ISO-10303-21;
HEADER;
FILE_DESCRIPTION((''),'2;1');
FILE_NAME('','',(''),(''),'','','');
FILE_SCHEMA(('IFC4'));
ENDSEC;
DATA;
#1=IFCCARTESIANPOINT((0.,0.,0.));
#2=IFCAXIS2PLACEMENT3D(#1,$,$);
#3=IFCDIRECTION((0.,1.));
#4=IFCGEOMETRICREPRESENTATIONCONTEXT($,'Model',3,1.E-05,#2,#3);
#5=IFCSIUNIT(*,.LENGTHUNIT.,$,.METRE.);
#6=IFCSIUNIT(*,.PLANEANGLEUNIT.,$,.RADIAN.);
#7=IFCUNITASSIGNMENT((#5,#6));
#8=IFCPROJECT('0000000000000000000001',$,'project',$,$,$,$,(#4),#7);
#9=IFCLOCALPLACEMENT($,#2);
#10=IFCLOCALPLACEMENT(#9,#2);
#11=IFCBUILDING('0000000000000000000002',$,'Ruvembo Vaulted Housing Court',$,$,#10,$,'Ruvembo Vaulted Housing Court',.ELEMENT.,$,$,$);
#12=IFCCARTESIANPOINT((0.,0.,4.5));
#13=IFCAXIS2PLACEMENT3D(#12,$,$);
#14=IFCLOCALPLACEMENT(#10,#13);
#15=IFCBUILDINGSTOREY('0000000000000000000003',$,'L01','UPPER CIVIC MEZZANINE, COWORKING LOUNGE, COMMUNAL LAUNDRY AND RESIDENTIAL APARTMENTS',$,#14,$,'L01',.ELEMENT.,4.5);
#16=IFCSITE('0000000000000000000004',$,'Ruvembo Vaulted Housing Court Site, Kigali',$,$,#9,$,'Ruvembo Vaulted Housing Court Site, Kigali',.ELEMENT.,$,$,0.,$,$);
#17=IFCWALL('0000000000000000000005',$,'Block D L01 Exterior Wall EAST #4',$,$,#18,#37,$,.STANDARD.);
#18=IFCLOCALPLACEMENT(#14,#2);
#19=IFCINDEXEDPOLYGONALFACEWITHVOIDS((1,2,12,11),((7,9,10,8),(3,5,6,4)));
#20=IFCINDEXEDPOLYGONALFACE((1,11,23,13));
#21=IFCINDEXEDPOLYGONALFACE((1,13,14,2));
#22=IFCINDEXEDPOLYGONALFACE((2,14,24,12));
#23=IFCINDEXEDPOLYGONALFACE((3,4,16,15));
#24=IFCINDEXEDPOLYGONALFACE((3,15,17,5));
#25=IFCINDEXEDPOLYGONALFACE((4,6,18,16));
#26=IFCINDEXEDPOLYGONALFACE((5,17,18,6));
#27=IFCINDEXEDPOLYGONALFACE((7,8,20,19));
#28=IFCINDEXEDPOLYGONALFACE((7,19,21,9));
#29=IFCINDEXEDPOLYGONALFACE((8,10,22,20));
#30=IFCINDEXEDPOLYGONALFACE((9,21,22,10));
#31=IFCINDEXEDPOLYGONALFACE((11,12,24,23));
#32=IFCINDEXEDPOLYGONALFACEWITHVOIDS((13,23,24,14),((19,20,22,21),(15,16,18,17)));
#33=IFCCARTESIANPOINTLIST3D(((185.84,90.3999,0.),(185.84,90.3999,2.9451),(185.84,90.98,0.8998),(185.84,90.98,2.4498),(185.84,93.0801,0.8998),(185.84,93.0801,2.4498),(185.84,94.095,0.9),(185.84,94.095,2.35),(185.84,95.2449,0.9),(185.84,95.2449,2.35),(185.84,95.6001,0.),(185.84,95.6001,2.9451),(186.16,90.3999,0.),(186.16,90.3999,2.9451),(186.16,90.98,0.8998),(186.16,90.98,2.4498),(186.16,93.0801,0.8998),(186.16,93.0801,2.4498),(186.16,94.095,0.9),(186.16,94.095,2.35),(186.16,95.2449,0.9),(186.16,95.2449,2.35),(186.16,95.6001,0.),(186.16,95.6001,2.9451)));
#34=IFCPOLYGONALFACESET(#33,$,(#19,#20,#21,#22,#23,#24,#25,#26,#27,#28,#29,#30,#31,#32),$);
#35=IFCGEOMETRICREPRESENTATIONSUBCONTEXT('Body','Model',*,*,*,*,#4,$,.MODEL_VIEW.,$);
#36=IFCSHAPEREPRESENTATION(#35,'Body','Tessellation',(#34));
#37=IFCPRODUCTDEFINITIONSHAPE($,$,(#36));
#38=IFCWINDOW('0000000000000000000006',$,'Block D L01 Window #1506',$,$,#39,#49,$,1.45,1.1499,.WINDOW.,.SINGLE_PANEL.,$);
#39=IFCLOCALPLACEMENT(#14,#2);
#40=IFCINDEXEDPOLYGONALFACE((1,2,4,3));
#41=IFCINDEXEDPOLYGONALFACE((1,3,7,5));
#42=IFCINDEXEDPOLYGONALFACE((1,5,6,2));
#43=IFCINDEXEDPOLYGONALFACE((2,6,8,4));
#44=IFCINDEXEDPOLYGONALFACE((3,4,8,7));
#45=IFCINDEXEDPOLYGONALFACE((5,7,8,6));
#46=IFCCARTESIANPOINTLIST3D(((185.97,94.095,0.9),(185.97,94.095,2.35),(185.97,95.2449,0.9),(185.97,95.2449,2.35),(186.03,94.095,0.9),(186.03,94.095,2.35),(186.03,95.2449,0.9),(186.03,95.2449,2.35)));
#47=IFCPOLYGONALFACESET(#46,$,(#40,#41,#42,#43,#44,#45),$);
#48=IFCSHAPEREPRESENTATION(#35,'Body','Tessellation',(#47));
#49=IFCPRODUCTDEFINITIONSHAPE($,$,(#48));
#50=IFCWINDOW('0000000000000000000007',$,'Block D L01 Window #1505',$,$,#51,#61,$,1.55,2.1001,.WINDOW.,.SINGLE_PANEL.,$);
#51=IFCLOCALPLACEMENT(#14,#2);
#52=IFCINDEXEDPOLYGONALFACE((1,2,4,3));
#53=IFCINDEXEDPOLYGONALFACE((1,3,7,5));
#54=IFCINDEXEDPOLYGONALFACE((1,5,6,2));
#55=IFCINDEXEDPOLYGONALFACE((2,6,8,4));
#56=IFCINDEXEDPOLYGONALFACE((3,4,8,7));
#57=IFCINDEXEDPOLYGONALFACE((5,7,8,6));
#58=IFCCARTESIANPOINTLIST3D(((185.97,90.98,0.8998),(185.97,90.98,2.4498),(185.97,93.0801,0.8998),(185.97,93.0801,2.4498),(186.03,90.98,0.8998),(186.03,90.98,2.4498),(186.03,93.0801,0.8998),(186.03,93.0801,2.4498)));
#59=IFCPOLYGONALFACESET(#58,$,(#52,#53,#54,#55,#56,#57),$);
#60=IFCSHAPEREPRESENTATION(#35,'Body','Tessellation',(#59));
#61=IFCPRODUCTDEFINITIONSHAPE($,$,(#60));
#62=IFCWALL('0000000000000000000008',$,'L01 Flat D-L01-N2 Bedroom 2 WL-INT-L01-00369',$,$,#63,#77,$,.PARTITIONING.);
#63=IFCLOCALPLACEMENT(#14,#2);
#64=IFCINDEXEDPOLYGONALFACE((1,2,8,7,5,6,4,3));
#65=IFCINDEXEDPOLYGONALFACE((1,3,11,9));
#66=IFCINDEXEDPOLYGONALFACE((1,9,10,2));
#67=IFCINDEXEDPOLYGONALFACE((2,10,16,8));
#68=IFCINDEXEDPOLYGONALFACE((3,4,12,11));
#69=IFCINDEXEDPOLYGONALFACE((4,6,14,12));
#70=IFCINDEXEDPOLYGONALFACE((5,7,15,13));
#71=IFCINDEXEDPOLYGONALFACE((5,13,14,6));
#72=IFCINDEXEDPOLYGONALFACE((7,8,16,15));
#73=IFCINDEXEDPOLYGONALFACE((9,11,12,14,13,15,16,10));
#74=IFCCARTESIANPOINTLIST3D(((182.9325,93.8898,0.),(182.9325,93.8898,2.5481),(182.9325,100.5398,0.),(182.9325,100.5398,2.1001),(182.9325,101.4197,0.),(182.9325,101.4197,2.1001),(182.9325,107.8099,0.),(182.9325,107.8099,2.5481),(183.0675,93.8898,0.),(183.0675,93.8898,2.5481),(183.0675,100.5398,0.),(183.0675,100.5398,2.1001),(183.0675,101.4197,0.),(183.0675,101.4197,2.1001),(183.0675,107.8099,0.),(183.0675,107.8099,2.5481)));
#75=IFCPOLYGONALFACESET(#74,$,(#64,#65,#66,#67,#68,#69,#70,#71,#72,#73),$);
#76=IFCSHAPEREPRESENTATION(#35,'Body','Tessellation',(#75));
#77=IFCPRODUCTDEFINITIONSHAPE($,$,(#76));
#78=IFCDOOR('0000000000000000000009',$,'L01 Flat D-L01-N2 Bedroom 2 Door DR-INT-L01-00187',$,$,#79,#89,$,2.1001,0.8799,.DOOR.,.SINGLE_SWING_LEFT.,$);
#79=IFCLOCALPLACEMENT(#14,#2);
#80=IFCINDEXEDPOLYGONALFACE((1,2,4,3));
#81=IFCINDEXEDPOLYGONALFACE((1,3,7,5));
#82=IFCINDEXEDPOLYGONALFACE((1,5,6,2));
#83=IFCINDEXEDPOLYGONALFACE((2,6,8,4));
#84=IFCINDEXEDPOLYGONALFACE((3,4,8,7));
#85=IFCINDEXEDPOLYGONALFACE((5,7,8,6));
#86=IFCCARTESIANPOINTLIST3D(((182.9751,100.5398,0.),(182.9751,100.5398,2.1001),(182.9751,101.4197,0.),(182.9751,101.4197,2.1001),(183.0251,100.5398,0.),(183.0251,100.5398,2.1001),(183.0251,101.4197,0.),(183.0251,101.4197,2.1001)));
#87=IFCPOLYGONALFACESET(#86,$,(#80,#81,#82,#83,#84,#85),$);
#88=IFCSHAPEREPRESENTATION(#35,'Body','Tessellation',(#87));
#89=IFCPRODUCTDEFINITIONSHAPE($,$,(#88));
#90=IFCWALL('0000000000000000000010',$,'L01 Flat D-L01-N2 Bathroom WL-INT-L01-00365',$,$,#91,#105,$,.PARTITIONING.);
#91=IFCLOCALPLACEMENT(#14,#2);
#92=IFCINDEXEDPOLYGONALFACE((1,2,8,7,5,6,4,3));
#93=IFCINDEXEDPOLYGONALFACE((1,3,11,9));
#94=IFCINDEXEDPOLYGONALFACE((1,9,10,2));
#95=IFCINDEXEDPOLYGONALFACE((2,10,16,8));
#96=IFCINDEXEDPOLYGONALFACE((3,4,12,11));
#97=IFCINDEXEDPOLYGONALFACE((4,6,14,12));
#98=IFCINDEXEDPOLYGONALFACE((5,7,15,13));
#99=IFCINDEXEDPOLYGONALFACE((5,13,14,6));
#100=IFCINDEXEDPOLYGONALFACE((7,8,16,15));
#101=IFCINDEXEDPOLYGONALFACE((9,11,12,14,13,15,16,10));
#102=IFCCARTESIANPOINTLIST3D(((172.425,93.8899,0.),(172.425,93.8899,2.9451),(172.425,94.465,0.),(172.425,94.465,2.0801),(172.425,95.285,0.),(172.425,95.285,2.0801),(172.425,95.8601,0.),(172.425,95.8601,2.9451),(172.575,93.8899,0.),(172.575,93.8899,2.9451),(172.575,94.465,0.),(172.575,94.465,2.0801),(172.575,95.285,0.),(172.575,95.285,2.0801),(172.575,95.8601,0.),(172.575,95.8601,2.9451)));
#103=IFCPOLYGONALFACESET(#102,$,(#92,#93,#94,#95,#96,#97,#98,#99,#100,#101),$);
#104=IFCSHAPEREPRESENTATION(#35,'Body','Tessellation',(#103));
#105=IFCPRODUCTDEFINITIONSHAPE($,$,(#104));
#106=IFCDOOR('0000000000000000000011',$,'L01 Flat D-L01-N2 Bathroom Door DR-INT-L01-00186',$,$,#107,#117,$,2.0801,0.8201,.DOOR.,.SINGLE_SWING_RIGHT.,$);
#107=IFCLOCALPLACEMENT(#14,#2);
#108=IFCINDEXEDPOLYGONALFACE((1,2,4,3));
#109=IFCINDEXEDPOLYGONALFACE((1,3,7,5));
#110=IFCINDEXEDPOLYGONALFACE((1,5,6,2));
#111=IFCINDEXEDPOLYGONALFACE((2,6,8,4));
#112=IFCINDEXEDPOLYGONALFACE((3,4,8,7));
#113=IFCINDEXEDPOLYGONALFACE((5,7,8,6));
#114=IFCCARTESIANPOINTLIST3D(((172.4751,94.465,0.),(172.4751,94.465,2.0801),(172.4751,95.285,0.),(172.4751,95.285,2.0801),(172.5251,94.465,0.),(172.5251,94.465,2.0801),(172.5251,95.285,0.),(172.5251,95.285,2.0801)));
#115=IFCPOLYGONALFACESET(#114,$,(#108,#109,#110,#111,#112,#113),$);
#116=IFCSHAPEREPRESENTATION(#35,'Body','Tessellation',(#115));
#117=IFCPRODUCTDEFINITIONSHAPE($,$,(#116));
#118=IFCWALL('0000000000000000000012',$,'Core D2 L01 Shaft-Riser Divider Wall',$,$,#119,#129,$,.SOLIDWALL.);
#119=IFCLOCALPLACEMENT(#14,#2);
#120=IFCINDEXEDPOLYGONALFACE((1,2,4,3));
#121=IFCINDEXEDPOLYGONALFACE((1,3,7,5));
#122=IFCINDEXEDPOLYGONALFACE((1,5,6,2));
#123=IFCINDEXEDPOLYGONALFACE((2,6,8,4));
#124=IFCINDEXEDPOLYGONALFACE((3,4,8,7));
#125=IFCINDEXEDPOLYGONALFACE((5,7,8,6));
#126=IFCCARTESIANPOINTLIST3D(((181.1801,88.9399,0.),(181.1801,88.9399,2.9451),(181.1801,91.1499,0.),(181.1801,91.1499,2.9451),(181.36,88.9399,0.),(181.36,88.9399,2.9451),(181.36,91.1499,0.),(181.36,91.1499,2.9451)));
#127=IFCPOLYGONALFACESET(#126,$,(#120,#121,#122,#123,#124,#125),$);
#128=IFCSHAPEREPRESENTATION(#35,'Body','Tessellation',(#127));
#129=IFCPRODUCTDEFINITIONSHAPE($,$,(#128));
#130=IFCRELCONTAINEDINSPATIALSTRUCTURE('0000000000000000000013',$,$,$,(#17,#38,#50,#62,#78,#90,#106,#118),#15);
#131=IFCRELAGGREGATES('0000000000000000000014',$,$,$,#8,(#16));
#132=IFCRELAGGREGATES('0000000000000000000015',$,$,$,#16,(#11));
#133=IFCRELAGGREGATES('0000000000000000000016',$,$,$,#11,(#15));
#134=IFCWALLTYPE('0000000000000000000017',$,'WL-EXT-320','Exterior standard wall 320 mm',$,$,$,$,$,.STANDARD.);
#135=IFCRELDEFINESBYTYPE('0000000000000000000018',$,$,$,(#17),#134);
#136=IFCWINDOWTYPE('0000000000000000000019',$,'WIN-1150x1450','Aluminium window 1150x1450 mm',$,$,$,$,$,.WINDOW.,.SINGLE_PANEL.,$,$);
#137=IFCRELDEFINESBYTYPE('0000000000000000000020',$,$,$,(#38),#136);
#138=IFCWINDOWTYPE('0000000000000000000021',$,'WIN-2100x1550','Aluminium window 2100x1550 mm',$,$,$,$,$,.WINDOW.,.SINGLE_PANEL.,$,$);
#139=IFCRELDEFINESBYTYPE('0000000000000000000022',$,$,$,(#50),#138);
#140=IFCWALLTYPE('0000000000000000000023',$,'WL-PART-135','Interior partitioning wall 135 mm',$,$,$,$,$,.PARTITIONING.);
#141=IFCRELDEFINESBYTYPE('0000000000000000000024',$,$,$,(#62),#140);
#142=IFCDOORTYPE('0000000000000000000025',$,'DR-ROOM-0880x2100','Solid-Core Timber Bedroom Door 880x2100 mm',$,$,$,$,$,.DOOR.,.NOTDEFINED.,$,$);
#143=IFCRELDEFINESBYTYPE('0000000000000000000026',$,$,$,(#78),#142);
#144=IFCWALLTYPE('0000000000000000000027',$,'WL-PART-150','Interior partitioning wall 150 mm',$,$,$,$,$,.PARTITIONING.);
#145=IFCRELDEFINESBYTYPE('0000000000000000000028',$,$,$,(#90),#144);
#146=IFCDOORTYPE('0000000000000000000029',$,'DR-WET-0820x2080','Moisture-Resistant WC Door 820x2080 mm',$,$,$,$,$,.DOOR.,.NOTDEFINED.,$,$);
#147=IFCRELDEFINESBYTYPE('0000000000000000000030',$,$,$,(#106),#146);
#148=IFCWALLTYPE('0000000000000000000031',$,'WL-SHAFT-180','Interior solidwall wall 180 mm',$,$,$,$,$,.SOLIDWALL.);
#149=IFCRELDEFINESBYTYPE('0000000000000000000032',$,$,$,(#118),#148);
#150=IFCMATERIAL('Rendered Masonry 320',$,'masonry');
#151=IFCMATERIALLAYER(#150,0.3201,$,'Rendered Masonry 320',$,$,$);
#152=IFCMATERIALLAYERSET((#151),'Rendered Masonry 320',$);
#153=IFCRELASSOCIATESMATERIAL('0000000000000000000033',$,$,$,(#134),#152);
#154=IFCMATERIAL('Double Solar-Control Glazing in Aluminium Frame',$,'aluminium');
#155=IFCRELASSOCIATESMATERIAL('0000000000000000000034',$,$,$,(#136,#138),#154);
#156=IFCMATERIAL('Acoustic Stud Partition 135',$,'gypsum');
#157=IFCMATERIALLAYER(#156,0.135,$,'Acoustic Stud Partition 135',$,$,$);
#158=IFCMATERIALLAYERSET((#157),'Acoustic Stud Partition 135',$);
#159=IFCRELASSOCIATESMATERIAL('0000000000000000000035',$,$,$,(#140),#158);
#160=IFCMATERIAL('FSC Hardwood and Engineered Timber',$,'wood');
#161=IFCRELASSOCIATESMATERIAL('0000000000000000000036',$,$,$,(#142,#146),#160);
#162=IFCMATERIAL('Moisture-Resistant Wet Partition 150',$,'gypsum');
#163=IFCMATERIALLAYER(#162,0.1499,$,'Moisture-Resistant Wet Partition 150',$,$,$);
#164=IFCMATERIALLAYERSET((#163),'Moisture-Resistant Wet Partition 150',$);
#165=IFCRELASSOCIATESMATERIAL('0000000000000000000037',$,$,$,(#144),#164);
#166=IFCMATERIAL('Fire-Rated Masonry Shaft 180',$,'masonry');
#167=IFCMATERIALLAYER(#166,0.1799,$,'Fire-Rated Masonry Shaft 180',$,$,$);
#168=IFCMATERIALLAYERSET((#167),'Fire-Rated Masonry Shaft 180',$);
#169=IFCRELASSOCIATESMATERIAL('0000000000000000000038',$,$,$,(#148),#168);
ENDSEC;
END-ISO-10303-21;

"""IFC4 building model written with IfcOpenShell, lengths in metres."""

from ifc_helpers import new_model, si_unit, direction, frame, frame_2d, origin, place, context, subcontext, project, spatial, rectangle, extrude, material, layer, layer_set, type_object, element, fill, save


model = new_model("IFC4")

# Units and contexts
model_context = context("Model", 3, precision=1e-05, world=origin(), true_north=direction((0.0, 1.0)))
body_context = subcontext(model_context, "Body", "Model", "MODEL_VIEW")
ifc_project = project(units=[si_unit("LENGTHUNIT", "METRE"), si_unit("PLANEANGLEUNIT", "RADIAN")], contexts=[model_context])

# Site, building, storey
site_placement = place(None, origin())
site = spatial("IfcSite", under=ifc_project, at=site_placement, Name="Ruvembo Vaulted Housing Court Site, Kigali", LongName="Ruvembo Vaulted Housing Court Site, Kigali", CompositionType="ELEMENT", RefElevation=0.0)
building_placement = place(site_placement, origin())
building = spatial("IfcBuilding", under=site, at=building_placement, Name="Ruvembo Vaulted Housing Court", LongName="Ruvembo Vaulted Housing Court", CompositionType="ELEMENT")
storey_placement = place(building_placement, frame((0.0, 0.0, 4.5)))
storey = spatial("IfcBuildingStorey", under=building, at=storey_placement, Name="L01", Description="UPPER CIVIC MEZZANINE, COWORKING LOUNGE, COMMUNAL LAUNDRY AND RESIDENTIAL APARTMENTS", LongName="L01", CompositionType="ELEMENT", Elevation=4.5)

# Shared definitions
ifc_material_1 = material(Name="FSC Hardwood and Engineered Timber", Category="wood")

# Wall, openings, windows
ifc_material_2 = material(Name="Rendered Masonry 320", Category="masonry")
ifc_layer_1 = layer(ifc_material_2, 0.3201, Name="Rendered Masonry 320")
ifc_layer_set_1 = layer_set([ifc_layer_1], Name="Rendered Masonry 320")
wall_type_1 = type_object("IfcWallType", Name="WL-EXT-320", Description="Exterior standard wall 320 mm", PredefinedType="STANDARD", material=ifc_layer_set_1)
wall_1_placement = place(storey_placement, frame((186.0, 90.3999, 0.0), z_axis=(0.0, 0.0, 1.0), x_axis=(0.0, 1.0, 0.0)))
wall_1 = element("IfcWall", 1, at=wall_1_placement, inside=storey, type_object=wall_type_1, Name="Block D L01 Exterior Wall EAST #4", PredefinedType="STANDARD", context=body_context, shape_type="SweptSolid", body=[
    extrude(rectangle(XDim=5.2002, YDim=0.3201, at=frame_2d((2.6001, 0.0))), origin(), (0.0, 0.0, 1.0), 2.9451),
])
opening_1_placement = place(wall_1_placement, frame((0.5801, 0.0, 0.8999)))
opening_1 = element("IfcOpeningElement", 2, at=opening_1_placement, cuts=wall_1, PredefinedType="OPENING", context=body_context, shape_type="SweptSolid", body=[
    extrude(rectangle(XDim=2.1001, YDim=1.55, at=frame_2d((1.05, 0.7749))), frame((0.0, 0.1699, 0.0), z_axis=(0.0, -1.0, 0.0), x_axis=(1.0, 0.0, 0.0)), (0.0, 0.0, 1.0), 0.3401),
])
opening_2_placement = place(wall_1_placement, frame((3.6951, 0.0, 0.8999)))
opening_2 = element("IfcOpeningElement", 3, at=opening_2_placement, cuts=wall_1, PredefinedType="OPENING", context=body_context, shape_type="SweptSolid", body=[
    extrude(rectangle(XDim=1.1499, YDim=1.45, at=frame_2d((0.575, 0.7251))), frame((0.0, 0.1699, 0.0), z_axis=(0.0, -1.0, 0.0), x_axis=(1.0, 0.0, 0.0)), (0.0, 0.0, 1.0), 0.3401),
])
ifc_material_3 = material(Name="Double Solar-Control Glazing in Aluminium Frame", Category="aluminium")
window_type_1 = type_object("IfcWindowType", Name="WIN-1150x1450", Description="Aluminium window 1150x1450 mm", PartitioningType="SINGLE_PANEL", PredefinedType="WINDOW", material=ifc_material_3)
window_1_placement = place(opening_2_placement, origin())
window_1 = element("IfcWindow", 4, at=window_1_placement, inside=storey, type_object=window_type_1, Name="Block D L01 Window #1506", OverallHeight=1.45, OverallWidth=1.1499, PartitioningType="SINGLE_PANEL", PredefinedType="WINDOW", context=body_context, shape_type="SweptSolid", body=[
    extrude(rectangle(XDim=1.1499, YDim=1.45, at=frame_2d((0.575, 0.7251))), frame((0.0, 0.03, 0.0), z_axis=(0.0, -1.0, 0.0), x_axis=(1.0, 0.0, 0.0)), (0.0, 0.0, 1.0), 0.0601),
])
fill(opening_2, window_1)
window_type_2 = type_object("IfcWindowType", Name="WIN-2100x1550", Description="Aluminium window 2100x1550 mm", PartitioningType="SINGLE_PANEL", PredefinedType="WINDOW", material=ifc_material_3)
window_2_placement = place(opening_1_placement, origin())
window_2 = element("IfcWindow", 5, at=window_2_placement, inside=storey, type_object=window_type_2, Name="Block D L01 Window #1505", OverallHeight=1.55, OverallWidth=2.1001, PartitioningType="SINGLE_PANEL", PredefinedType="WINDOW", context=body_context, shape_type="SweptSolid", body=[
    extrude(rectangle(XDim=2.1001, YDim=1.55, at=frame_2d((1.05, 0.7749))), frame((0.0, 0.03, 0.0), z_axis=(0.0, -1.0, 0.0), x_axis=(1.0, 0.0, 0.0)), (0.0, 0.0, 1.0), 0.0601),
])
fill(opening_1, window_2)

# Walls, openings, doors
ifc_material_4 = material(Name="Acoustic Stud Partition 135", Category="gypsum")
ifc_layer_2 = layer(ifc_material_4, 0.135, Name="Acoustic Stud Partition 135")
ifc_layer_set_2 = layer_set([ifc_layer_2], Name="Acoustic Stud Partition 135")
wall_type_2 = type_object("IfcWallType", Name="WL-PART-135", Description="Interior partitioning wall 135 mm", PredefinedType="PARTITIONING", material=ifc_layer_set_2)
wall_2_placement = place(storey_placement, frame((183.0, 93.8899, 0.0), z_axis=(0.0, 0.0, 1.0), x_axis=(0.0, 1.0, 0.0)))
wall_2 = element("IfcWall", 6, at=wall_2_placement, inside=storey, type_object=wall_type_2, Name="L01 Flat D-L01-N2 Bedroom 2 WL-INT-L01-00369", PredefinedType="PARTITIONING", context=body_context, shape_type="SweptSolid", body=[
    extrude(rectangle(XDim=13.9202, YDim=0.135, at=frame_2d((6.96, 0.0))), origin(), (0.0, 0.0, 1.0), 2.5481),
])
opening_3_placement = place(wall_2_placement, frame((6.6499, 0.0, 0.0)))
opening_3 = element("IfcOpeningElement", 7, at=opening_3_placement, cuts=wall_2, PredefinedType="OPENING", context=body_context, shape_type="SweptSolid", body=[
    extrude(rectangle(XDim=0.8799, YDim=2.1001, at=frame_2d((0.4399, 1.05))), frame((0.0, 0.0774, 0.0), z_axis=(0.0, -1.0, 0.0), x_axis=(1.0, 0.0, 0.0)), (0.0, 0.0, 1.0), 0.155),
])
door_type_1 = type_object("IfcDoorType", Name="DR-ROOM-0880x2100", Description="Solid-Core Timber Bedroom Door 880x2100 mm", OperationType="NOTDEFINED", PredefinedType="DOOR", material=ifc_material_1)
door_1_placement = place(opening_3_placement, origin())
door_1 = element("IfcDoor", 8, at=door_1_placement, inside=storey, type_object=door_type_1, Name="L01 Flat D-L01-N2 Bedroom 2 Door DR-INT-L01-00187", OperationType="SINGLE_SWING_LEFT", OverallHeight=2.1001, OverallWidth=0.8799, PredefinedType="DOOR", context=body_context, shape_type="SweptSolid", body=[
    extrude(rectangle(XDim=0.8799, YDim=2.1001, at=frame_2d((0.4399, 1.05))), frame((0.0, 0.0249, 0.0), z_axis=(0.0, -1.0, 0.0), x_axis=(1.0, 0.0, 0.0)), (0.0, 0.0, 1.0), 0.05),
])
fill(opening_3, door_1)
ifc_material_5 = material(Name="Moisture-Resistant Wet Partition 150", Category="gypsum")
ifc_layer_3 = layer(ifc_material_5, 0.1499, Name="Moisture-Resistant Wet Partition 150")
ifc_layer_set_3 = layer_set([ifc_layer_3], Name="Moisture-Resistant Wet Partition 150")
wall_type_3 = type_object("IfcWallType", Name="WL-PART-150", Description="Interior partitioning wall 150 mm", PredefinedType="PARTITIONING", material=ifc_layer_set_3)
wall_3_placement = place(storey_placement, frame((172.5, 93.8899, 0.0), z_axis=(0.0, 0.0, 1.0), x_axis=(0.0, 1.0, 0.0)))
wall_3 = element("IfcWall", 9, at=wall_3_placement, inside=storey, type_object=wall_type_3, Name="L01 Flat D-L01-N2 Bathroom WL-INT-L01-00365", PredefinedType="PARTITIONING", context=body_context, shape_type="SweptSolid", body=[
    extrude(rectangle(XDim=1.9702, YDim=0.1499, at=frame_2d((0.9851, 0.0))), origin(), (0.0, 0.0, 1.0), 2.9451),
])
opening_4_placement = place(wall_3_placement, frame((0.575, 0.0, 0.0)))
opening_4 = element("IfcOpeningElement", 10, at=opening_4_placement, cuts=wall_3, PredefinedType="OPENING", context=body_context, shape_type="SweptSolid", body=[
    extrude(rectangle(XDim=0.8201, YDim=2.0801, at=frame_2d((0.4102, 1.04))), frame((0.0, 0.085, 0.0), z_axis=(0.0, -1.0, 0.0), x_axis=(1.0, 0.0, 0.0)), (0.0, 0.0, 1.0), 0.1699),
])
door_type_2 = type_object("IfcDoorType", Name="DR-WET-0820x2080", Description="Moisture-Resistant WC Door 820x2080 mm", OperationType="NOTDEFINED", PredefinedType="DOOR", material=ifc_material_1)
door_2_placement = place(opening_4_placement, origin())
door_2 = element("IfcDoor", 11, at=door_2_placement, inside=storey, type_object=door_type_2, Name="L01 Flat D-L01-N2 Bathroom Door DR-INT-L01-00186", OperationType="SINGLE_SWING_RIGHT", OverallHeight=2.0801, OverallWidth=0.8201, PredefinedType="DOOR", context=body_context, shape_type="SweptSolid", body=[
    extrude(rectangle(XDim=0.8201, YDim=2.0801, at=frame_2d((0.4102, 1.04))), frame((0.0, 0.0249, 0.0), z_axis=(0.0, -1.0, 0.0), x_axis=(1.0, 0.0, 0.0)), (0.0, 0.0, 1.0), 0.05),
])
fill(opening_4, door_2)

# Shared definitions
ifc_material_6 = material(Name="Fire-Rated Masonry Shaft 180", Category="masonry")
ifc_layer_4 = layer(ifc_material_6, 0.1799, Name="Fire-Rated Masonry Shaft 180")
ifc_layer_set_4 = layer_set([ifc_layer_4], Name="Fire-Rated Masonry Shaft 180")
wall_type_4 = type_object("IfcWallType", Name="WL-SHAFT-180", Description="Interior solidwall wall 180 mm", PredefinedType="SOLIDWALL", material=ifc_layer_set_4)

# Wall
wall_4_placement = place(storey_placement, frame((181.27, 88.9399, 0.0), z_axis=(0.0, 0.0, 1.0), x_axis=(0.0, 1.0, 0.0)))
element("IfcWall", 12, at=wall_4_placement, inside=storey, type_object=wall_type_4, Name="Core D2 L01 Shaft-Riser Divider Wall", PredefinedType="SOLIDWALL", context=body_context, shape_type="SweptSolid", body=[
    extrude(rectangle(XDim=2.21, YDim=0.1799, at=frame_2d((1.105, 0.0))), origin(), (0.0, 0.0, 1.0), 2.9451),
])

save(model, "model.ifc")
